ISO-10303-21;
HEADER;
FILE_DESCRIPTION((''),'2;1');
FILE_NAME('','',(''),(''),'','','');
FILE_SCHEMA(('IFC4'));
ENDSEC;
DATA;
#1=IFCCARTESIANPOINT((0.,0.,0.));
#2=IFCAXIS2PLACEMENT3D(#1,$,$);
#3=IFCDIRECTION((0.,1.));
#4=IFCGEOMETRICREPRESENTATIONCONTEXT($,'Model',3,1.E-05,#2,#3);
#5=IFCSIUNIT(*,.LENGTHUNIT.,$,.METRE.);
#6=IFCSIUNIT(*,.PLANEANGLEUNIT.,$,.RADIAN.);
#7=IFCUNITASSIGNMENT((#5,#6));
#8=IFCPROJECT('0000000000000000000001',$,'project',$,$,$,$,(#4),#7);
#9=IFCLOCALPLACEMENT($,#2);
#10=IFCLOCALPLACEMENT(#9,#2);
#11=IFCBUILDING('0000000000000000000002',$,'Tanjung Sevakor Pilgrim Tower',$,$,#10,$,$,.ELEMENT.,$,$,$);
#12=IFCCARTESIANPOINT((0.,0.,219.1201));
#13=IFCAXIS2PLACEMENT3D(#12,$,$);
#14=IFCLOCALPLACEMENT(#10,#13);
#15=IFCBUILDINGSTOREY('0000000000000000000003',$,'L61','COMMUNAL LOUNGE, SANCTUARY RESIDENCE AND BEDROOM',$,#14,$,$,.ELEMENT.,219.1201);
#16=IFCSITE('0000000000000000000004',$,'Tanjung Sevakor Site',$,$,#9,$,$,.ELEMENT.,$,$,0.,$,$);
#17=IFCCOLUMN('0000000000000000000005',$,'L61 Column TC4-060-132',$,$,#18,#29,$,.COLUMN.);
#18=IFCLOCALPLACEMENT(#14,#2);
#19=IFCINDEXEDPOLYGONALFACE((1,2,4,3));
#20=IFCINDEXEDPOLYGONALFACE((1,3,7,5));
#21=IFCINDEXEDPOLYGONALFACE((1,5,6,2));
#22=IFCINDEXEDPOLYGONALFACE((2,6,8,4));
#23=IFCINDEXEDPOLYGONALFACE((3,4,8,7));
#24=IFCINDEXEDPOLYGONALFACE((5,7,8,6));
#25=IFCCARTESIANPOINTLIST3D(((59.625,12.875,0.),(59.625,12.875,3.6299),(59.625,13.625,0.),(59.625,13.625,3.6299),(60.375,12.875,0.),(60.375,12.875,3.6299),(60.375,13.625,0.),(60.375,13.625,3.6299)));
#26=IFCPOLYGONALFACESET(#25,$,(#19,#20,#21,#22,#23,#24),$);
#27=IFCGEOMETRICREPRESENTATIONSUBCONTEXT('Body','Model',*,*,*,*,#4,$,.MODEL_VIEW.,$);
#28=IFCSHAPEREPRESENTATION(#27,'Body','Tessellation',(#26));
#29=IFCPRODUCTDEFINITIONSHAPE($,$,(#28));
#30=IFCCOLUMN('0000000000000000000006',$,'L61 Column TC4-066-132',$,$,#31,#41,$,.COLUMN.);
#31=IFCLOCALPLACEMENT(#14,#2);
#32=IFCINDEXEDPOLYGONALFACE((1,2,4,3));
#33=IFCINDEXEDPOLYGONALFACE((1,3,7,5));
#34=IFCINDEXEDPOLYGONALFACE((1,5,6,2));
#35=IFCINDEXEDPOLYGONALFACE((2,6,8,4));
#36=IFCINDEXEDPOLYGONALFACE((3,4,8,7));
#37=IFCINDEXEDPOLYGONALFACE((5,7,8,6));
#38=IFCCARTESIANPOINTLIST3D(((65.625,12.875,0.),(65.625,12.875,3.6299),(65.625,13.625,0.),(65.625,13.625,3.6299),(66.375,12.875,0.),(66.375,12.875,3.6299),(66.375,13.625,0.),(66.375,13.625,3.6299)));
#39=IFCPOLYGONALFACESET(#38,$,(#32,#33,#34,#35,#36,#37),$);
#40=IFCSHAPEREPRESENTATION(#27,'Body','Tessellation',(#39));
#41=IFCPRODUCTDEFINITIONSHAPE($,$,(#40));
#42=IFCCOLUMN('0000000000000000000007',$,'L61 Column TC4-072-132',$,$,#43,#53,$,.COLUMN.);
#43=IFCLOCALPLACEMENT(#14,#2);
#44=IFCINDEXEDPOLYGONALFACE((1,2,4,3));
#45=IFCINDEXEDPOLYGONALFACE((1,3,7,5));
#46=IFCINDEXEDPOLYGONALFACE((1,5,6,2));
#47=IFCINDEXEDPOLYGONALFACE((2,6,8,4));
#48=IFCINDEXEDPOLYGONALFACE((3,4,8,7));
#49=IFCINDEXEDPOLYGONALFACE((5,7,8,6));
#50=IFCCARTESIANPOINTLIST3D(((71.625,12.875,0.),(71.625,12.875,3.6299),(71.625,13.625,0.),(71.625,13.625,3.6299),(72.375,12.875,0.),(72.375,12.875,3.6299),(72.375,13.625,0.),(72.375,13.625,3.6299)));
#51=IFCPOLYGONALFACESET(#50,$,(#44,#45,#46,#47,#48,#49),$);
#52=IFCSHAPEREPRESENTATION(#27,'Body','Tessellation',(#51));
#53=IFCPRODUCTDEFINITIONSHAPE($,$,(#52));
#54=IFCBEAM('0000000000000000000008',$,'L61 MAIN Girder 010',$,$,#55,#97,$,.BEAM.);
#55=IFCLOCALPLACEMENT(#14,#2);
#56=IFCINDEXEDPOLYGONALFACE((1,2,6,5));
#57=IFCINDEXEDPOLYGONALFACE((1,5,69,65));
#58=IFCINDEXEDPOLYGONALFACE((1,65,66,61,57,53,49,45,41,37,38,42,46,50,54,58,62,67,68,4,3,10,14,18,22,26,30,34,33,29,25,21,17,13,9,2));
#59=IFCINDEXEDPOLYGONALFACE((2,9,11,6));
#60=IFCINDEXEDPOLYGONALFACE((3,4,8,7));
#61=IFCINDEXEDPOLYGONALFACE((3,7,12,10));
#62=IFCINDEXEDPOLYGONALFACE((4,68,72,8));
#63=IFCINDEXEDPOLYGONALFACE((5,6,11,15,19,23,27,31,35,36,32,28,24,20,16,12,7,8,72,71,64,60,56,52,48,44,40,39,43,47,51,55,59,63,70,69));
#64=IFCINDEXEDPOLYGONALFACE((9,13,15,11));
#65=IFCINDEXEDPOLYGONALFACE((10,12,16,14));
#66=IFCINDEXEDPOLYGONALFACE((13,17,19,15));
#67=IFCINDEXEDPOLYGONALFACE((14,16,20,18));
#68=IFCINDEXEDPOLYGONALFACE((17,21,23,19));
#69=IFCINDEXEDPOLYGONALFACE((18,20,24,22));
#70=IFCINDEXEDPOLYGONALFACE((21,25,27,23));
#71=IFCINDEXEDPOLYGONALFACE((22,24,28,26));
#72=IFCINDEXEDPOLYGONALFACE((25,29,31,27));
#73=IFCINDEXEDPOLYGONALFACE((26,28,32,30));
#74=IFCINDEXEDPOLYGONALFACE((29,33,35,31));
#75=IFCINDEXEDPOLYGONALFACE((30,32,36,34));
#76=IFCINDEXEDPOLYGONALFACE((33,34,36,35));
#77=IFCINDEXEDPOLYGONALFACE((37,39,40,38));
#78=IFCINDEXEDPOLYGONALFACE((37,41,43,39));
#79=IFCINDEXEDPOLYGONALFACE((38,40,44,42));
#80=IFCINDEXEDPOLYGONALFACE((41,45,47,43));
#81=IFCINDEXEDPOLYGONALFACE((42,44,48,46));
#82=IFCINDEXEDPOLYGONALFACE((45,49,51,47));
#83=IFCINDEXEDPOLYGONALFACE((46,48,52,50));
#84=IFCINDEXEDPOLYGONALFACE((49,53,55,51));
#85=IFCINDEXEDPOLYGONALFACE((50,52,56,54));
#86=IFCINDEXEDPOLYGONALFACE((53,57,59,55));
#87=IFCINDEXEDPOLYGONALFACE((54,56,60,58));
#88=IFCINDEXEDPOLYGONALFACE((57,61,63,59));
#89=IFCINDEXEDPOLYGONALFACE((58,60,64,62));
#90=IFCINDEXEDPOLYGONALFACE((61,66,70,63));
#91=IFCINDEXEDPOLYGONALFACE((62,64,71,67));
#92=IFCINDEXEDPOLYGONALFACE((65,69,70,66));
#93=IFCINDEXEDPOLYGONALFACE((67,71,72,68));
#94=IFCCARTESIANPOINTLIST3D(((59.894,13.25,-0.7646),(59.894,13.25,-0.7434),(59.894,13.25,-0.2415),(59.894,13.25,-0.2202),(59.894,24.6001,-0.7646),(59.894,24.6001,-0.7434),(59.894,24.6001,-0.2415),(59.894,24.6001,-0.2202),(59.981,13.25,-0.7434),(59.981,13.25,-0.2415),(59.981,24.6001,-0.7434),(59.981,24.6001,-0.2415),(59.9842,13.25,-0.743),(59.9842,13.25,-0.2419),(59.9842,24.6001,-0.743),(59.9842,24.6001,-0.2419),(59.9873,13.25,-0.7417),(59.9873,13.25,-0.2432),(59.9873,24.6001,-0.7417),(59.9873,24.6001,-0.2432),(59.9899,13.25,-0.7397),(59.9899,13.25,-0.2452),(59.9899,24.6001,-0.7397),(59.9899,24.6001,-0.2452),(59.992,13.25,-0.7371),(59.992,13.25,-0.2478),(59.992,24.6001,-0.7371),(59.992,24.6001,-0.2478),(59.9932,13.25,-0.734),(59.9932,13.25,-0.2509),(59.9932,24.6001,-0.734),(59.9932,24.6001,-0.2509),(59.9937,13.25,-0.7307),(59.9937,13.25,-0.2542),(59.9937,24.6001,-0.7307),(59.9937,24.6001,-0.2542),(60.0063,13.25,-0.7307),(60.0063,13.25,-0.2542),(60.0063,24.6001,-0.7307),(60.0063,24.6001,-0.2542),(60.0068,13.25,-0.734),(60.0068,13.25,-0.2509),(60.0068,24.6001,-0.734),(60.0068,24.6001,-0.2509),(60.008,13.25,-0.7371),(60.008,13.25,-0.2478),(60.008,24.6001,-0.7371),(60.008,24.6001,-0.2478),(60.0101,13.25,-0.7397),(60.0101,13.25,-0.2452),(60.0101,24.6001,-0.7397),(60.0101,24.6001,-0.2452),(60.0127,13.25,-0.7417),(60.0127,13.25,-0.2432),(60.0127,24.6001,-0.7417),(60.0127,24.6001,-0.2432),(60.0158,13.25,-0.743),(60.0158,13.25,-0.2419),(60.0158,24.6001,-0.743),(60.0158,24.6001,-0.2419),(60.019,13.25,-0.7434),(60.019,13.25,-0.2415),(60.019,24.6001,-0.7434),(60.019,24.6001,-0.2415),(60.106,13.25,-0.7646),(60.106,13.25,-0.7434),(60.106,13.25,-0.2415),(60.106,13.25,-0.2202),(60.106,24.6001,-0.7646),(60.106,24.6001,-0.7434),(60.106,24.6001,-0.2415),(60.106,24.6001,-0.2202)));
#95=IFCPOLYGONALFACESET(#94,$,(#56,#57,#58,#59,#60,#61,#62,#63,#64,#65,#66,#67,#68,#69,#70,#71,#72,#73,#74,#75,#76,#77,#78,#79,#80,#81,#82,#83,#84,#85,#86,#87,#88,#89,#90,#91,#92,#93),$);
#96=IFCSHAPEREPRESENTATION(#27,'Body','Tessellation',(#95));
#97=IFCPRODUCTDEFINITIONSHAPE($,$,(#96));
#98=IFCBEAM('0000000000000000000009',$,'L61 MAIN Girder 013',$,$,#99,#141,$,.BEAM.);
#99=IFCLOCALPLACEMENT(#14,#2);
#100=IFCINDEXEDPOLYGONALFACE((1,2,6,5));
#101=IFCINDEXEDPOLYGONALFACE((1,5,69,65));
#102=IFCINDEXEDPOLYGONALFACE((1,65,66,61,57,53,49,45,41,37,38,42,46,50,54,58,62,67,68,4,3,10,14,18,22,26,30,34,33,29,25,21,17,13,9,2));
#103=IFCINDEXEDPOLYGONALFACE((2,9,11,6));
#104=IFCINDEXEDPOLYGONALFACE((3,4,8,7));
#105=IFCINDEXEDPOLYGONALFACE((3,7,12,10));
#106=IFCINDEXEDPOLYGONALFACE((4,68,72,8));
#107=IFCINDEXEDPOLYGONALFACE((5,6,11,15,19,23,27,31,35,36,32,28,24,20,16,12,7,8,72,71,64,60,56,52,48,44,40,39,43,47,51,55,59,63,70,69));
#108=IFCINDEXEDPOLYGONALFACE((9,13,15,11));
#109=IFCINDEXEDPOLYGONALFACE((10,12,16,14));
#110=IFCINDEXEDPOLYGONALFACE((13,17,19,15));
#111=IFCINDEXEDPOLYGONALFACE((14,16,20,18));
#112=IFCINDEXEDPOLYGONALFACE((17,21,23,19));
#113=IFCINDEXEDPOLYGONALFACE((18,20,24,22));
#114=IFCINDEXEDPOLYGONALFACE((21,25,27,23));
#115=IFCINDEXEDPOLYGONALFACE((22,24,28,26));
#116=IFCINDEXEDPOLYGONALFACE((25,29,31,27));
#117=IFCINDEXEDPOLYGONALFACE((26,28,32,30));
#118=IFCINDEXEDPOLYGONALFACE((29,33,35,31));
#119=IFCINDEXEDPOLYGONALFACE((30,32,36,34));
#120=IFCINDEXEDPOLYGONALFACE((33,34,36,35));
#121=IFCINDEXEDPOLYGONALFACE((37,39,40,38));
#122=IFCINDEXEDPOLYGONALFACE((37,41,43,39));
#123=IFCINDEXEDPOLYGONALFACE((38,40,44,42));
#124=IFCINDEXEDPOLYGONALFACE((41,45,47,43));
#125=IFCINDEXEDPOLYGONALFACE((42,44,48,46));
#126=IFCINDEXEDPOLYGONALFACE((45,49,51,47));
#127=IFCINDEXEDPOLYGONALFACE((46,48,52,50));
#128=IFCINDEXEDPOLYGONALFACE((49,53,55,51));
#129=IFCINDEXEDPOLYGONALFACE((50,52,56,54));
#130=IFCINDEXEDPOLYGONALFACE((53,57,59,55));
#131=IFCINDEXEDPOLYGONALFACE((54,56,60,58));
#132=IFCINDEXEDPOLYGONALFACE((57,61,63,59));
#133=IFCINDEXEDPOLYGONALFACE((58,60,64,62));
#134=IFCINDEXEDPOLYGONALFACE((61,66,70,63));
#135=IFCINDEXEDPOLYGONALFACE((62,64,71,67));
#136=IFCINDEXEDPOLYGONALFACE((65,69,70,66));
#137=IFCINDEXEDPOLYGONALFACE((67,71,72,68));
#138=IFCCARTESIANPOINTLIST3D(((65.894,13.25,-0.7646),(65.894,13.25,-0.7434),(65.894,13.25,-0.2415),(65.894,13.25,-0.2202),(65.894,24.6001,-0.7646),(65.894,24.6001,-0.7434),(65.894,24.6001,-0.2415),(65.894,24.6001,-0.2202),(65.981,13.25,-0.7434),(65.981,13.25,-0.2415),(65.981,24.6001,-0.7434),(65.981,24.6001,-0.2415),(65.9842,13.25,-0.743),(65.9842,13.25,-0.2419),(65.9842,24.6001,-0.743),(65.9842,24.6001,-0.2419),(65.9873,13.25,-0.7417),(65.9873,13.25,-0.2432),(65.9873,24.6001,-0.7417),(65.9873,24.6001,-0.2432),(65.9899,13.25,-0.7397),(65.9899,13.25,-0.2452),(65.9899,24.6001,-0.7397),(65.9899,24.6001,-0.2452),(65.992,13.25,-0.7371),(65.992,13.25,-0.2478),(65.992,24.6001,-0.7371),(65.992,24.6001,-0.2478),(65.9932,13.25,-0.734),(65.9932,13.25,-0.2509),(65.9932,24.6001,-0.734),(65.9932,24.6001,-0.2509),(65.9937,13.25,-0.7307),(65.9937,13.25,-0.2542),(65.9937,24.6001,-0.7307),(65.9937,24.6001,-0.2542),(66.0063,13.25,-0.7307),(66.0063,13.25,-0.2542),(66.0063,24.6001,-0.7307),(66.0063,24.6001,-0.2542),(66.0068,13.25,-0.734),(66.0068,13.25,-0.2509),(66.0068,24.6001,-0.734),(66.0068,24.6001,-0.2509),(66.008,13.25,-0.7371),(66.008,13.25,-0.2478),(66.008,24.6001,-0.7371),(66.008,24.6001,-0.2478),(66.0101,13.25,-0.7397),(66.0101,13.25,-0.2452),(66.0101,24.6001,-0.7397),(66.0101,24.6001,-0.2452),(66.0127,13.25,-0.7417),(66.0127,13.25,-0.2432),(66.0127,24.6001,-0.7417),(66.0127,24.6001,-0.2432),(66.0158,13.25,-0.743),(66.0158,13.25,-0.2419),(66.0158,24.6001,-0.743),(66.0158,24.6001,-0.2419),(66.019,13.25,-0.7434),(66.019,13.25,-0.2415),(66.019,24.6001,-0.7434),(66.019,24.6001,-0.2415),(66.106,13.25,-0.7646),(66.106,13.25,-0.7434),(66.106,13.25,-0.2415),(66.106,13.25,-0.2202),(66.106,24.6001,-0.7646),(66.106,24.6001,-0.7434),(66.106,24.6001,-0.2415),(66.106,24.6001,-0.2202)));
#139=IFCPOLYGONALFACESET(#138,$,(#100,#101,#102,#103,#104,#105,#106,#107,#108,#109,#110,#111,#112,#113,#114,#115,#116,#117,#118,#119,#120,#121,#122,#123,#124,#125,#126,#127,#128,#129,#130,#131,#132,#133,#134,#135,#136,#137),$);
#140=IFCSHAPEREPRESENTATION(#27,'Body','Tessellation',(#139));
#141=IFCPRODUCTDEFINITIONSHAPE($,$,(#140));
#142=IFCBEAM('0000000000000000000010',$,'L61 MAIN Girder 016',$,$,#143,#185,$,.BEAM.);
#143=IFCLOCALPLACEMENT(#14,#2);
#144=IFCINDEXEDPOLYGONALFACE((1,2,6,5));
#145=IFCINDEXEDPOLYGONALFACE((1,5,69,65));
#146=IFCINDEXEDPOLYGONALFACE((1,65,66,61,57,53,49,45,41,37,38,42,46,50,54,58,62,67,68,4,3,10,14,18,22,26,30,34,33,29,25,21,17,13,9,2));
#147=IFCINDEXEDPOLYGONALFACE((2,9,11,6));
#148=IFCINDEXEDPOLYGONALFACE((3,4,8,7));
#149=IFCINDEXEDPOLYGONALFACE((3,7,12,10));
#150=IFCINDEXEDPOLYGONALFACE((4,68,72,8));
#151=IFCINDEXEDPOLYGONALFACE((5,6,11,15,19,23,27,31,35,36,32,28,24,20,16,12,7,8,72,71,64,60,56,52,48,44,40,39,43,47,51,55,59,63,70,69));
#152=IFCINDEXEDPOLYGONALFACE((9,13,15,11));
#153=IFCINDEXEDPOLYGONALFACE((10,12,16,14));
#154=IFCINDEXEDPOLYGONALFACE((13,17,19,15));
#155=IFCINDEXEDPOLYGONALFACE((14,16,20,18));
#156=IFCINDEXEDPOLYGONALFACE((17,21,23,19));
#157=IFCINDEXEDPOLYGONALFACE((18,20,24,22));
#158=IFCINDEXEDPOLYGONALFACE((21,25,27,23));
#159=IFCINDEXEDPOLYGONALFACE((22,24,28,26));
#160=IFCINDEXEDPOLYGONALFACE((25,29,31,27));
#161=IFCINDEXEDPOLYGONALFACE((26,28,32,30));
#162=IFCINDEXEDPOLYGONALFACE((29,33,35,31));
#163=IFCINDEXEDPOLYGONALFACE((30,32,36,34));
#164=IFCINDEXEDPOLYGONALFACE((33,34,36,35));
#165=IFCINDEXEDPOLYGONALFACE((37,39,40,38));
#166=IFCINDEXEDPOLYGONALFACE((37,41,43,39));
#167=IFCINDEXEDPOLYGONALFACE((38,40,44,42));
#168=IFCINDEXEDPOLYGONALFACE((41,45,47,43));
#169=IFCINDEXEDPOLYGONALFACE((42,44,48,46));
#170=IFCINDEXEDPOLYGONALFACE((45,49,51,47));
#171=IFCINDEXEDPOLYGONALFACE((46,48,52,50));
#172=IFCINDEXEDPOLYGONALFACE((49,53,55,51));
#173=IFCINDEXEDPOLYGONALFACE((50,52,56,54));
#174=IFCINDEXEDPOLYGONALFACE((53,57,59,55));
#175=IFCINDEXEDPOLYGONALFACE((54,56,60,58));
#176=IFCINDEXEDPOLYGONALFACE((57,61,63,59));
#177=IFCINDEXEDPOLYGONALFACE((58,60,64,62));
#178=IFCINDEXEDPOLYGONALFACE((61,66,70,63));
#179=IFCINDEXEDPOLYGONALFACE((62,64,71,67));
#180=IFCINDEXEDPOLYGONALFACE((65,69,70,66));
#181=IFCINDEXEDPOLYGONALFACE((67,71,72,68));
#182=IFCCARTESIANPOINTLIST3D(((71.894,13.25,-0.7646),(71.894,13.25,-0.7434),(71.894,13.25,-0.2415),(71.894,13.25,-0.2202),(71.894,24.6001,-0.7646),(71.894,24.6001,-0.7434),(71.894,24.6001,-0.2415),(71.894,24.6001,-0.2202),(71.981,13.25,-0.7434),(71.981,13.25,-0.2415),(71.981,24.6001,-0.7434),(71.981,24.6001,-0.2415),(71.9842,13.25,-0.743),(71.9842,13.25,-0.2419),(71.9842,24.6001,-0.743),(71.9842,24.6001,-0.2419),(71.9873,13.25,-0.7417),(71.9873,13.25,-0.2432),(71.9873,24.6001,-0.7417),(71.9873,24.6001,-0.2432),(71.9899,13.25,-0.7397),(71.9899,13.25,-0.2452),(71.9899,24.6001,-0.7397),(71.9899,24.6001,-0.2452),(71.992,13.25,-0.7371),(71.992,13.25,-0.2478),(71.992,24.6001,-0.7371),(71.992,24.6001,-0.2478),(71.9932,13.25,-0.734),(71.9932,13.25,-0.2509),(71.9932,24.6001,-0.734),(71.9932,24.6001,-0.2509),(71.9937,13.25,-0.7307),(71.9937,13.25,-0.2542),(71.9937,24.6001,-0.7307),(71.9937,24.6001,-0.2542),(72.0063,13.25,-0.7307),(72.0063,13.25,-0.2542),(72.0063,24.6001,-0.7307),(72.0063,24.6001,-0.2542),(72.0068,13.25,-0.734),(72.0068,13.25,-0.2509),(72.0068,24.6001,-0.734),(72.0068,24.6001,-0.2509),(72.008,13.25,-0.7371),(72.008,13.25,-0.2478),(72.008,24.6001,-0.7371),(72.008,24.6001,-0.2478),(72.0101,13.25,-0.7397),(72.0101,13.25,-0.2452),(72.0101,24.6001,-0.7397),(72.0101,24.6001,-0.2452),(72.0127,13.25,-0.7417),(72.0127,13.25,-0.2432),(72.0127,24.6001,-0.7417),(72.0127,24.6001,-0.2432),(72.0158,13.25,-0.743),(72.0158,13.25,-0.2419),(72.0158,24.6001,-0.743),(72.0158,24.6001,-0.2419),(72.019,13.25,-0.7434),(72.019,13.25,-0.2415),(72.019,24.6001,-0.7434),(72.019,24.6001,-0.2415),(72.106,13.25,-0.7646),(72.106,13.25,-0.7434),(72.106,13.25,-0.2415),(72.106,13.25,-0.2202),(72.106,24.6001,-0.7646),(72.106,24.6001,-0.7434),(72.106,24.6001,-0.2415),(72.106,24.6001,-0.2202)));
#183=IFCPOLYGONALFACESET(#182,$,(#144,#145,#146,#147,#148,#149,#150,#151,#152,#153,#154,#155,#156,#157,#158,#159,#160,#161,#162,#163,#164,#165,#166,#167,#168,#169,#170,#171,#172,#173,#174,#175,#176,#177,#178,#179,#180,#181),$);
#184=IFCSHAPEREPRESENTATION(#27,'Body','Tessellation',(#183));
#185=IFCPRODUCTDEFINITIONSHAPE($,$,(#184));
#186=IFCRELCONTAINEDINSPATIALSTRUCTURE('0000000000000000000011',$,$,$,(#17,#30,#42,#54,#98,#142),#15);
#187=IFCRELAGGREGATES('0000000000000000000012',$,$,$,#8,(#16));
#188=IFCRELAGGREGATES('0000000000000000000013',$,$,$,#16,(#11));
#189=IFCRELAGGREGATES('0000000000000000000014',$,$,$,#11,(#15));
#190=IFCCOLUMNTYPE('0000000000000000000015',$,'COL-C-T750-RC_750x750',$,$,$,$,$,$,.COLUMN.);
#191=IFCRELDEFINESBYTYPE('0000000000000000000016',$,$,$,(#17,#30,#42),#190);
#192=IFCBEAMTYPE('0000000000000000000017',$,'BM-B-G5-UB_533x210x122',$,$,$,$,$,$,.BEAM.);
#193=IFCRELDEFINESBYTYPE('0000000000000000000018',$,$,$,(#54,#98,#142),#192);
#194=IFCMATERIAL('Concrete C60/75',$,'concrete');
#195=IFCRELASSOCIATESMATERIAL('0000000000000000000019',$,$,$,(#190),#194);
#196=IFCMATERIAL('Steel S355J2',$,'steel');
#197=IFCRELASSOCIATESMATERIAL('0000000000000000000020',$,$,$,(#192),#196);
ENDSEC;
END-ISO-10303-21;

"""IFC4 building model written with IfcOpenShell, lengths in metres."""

from ifc_helpers import new_model, si_unit, direction, frame, origin, origin_2d, place, context, subcontext, project, spatial, rectangle, i_section, extrude, material, material_profile, profile_set, type_object, element, save


model = new_model("IFC4")

# Units and contexts
model_context = context("Model", 3, precision=1e-05, world=origin(), true_north=direction((0.0, 1.0)))
body_context = subcontext(model_context, "Body", "Model", "MODEL_VIEW")
ifc_project = project(units=[si_unit("LENGTHUNIT", "METRE"), si_unit("PLANEANGLEUNIT", "RADIAN")], contexts=[model_context])

# Site, building, storey
site_placement = place(None, origin())
site = spatial("IfcSite", under=ifc_project, at=site_placement, Name="Tanjung Sevakor Site", CompositionType="ELEMENT", RefElevation=0.0)
building_placement = place(site_placement, origin())
building = spatial("IfcBuilding", under=site, at=building_placement, Name="Tanjung Sevakor Pilgrim Tower", CompositionType="ELEMENT")
storey_placement = place(building_placement, frame((0.0, 0.0, 219.1201)))
storey = spatial("IfcBuildingStorey", under=building, at=storey_placement, Name="L61", Description="COMMUNAL LOUNGE, SANCTUARY RESIDENCE AND BEDROOM", CompositionType="ELEMENT", Elevation=219.1201)

# Columns
ifc_material_1 = material(Name="Concrete C60/75", Category="concrete")
ifc_material_profile_1 = material_profile(ifc_material_1, rectangle(XDim=0.75, YDim=0.75, at=origin_2d()))
ifc_profile_set_1 = profile_set([ifc_material_profile_1], Name="Concrete C60/75")
column_type = type_object("IfcColumnType", Name="COL-C-T750-RC_750x750", PredefinedType="COLUMN", material=ifc_profile_set_1)
for number, where, z_axis, x_axis, name in (
    (1, (60.0, 13.25, 0.0), (0.0, 0.0, 1.0), (1.0, 0.0, 0.0), "L61 Column TC4-060-132"),
    (2, (66.0, 13.25, 0.0), (0.0, 0.0, 1.0), (1.0, 0.0, 0.0), "L61 Column TC4-066-132"),
    (3, (72.0, 13.25, 0.0), (0.0, 0.0, 1.0), (1.0, 0.0, 0.0), "L61 Column TC4-072-132"),
):
    element("IfcColumn", number, at=place(storey_placement, frame(where, z_axis=z_axis, x_axis=x_axis)), inside=storey, type_object=column_type, Name=name, PredefinedType="COLUMN", context=body_context, shape_type="SweptSolid", body=[
        extrude(rectangle(XDim=0.75, YDim=0.75, at=origin_2d()), origin(), (0.0, 0.0, 1.0), 3.6299),
    ])

# Beams
ifc_material_2 = material(Name="Steel S355J2", Category="steel")
ifc_material_profile_2 = material_profile(ifc_material_2, i_section(OverallWidth=0.2119, OverallDepth=0.5444, WebThickness=0.0127, FlangeThickness=0.0212, FilletRadius=0.0127, at=origin_2d()))
ifc_profile_set_2 = profile_set([ifc_material_profile_2], Name="Steel S355J2")
beam_type_1 = type_object("IfcBeamType", Name="BM-B-G5-UB_533x210x122", PredefinedType="BEAM", material=ifc_profile_set_2)
for number, where, z_axis, x_axis, name in (
    (4, (60.0, 13.25, -0.4924), (0.0, 1.0, 0.0), (-1.0, 0.0, 0.0), "L61 MAIN Girder 010"),
    (5, (66.0, 13.25, -0.4924), (0.0, 1.0, 0.0), (-1.0, 0.0, 0.0), "L61 MAIN Girder 013"),
    (6, (72.0, 13.25, -0.4924), (0.0, 1.0, 0.0), (-1.0, 0.0, 0.0), "L61 MAIN Girder 016"),
):
    element("IfcBeam", number, at=place(storey_placement, frame(where, z_axis=z_axis, x_axis=x_axis)), inside=storey, type_object=beam_type_1, Name=name, PredefinedType="BEAM", context=body_context, shape_type="SweptSolid", body=[
        extrude(i_section(OverallWidth=0.2119, OverallDepth=0.5444, WebThickness=0.0127, FlangeThickness=0.0212, FilletRadius=0.0127, at=origin_2d()), origin(), (0.0, 0.0, 1.0), 11.3501),
    ])

save(model, "model.ifc")
